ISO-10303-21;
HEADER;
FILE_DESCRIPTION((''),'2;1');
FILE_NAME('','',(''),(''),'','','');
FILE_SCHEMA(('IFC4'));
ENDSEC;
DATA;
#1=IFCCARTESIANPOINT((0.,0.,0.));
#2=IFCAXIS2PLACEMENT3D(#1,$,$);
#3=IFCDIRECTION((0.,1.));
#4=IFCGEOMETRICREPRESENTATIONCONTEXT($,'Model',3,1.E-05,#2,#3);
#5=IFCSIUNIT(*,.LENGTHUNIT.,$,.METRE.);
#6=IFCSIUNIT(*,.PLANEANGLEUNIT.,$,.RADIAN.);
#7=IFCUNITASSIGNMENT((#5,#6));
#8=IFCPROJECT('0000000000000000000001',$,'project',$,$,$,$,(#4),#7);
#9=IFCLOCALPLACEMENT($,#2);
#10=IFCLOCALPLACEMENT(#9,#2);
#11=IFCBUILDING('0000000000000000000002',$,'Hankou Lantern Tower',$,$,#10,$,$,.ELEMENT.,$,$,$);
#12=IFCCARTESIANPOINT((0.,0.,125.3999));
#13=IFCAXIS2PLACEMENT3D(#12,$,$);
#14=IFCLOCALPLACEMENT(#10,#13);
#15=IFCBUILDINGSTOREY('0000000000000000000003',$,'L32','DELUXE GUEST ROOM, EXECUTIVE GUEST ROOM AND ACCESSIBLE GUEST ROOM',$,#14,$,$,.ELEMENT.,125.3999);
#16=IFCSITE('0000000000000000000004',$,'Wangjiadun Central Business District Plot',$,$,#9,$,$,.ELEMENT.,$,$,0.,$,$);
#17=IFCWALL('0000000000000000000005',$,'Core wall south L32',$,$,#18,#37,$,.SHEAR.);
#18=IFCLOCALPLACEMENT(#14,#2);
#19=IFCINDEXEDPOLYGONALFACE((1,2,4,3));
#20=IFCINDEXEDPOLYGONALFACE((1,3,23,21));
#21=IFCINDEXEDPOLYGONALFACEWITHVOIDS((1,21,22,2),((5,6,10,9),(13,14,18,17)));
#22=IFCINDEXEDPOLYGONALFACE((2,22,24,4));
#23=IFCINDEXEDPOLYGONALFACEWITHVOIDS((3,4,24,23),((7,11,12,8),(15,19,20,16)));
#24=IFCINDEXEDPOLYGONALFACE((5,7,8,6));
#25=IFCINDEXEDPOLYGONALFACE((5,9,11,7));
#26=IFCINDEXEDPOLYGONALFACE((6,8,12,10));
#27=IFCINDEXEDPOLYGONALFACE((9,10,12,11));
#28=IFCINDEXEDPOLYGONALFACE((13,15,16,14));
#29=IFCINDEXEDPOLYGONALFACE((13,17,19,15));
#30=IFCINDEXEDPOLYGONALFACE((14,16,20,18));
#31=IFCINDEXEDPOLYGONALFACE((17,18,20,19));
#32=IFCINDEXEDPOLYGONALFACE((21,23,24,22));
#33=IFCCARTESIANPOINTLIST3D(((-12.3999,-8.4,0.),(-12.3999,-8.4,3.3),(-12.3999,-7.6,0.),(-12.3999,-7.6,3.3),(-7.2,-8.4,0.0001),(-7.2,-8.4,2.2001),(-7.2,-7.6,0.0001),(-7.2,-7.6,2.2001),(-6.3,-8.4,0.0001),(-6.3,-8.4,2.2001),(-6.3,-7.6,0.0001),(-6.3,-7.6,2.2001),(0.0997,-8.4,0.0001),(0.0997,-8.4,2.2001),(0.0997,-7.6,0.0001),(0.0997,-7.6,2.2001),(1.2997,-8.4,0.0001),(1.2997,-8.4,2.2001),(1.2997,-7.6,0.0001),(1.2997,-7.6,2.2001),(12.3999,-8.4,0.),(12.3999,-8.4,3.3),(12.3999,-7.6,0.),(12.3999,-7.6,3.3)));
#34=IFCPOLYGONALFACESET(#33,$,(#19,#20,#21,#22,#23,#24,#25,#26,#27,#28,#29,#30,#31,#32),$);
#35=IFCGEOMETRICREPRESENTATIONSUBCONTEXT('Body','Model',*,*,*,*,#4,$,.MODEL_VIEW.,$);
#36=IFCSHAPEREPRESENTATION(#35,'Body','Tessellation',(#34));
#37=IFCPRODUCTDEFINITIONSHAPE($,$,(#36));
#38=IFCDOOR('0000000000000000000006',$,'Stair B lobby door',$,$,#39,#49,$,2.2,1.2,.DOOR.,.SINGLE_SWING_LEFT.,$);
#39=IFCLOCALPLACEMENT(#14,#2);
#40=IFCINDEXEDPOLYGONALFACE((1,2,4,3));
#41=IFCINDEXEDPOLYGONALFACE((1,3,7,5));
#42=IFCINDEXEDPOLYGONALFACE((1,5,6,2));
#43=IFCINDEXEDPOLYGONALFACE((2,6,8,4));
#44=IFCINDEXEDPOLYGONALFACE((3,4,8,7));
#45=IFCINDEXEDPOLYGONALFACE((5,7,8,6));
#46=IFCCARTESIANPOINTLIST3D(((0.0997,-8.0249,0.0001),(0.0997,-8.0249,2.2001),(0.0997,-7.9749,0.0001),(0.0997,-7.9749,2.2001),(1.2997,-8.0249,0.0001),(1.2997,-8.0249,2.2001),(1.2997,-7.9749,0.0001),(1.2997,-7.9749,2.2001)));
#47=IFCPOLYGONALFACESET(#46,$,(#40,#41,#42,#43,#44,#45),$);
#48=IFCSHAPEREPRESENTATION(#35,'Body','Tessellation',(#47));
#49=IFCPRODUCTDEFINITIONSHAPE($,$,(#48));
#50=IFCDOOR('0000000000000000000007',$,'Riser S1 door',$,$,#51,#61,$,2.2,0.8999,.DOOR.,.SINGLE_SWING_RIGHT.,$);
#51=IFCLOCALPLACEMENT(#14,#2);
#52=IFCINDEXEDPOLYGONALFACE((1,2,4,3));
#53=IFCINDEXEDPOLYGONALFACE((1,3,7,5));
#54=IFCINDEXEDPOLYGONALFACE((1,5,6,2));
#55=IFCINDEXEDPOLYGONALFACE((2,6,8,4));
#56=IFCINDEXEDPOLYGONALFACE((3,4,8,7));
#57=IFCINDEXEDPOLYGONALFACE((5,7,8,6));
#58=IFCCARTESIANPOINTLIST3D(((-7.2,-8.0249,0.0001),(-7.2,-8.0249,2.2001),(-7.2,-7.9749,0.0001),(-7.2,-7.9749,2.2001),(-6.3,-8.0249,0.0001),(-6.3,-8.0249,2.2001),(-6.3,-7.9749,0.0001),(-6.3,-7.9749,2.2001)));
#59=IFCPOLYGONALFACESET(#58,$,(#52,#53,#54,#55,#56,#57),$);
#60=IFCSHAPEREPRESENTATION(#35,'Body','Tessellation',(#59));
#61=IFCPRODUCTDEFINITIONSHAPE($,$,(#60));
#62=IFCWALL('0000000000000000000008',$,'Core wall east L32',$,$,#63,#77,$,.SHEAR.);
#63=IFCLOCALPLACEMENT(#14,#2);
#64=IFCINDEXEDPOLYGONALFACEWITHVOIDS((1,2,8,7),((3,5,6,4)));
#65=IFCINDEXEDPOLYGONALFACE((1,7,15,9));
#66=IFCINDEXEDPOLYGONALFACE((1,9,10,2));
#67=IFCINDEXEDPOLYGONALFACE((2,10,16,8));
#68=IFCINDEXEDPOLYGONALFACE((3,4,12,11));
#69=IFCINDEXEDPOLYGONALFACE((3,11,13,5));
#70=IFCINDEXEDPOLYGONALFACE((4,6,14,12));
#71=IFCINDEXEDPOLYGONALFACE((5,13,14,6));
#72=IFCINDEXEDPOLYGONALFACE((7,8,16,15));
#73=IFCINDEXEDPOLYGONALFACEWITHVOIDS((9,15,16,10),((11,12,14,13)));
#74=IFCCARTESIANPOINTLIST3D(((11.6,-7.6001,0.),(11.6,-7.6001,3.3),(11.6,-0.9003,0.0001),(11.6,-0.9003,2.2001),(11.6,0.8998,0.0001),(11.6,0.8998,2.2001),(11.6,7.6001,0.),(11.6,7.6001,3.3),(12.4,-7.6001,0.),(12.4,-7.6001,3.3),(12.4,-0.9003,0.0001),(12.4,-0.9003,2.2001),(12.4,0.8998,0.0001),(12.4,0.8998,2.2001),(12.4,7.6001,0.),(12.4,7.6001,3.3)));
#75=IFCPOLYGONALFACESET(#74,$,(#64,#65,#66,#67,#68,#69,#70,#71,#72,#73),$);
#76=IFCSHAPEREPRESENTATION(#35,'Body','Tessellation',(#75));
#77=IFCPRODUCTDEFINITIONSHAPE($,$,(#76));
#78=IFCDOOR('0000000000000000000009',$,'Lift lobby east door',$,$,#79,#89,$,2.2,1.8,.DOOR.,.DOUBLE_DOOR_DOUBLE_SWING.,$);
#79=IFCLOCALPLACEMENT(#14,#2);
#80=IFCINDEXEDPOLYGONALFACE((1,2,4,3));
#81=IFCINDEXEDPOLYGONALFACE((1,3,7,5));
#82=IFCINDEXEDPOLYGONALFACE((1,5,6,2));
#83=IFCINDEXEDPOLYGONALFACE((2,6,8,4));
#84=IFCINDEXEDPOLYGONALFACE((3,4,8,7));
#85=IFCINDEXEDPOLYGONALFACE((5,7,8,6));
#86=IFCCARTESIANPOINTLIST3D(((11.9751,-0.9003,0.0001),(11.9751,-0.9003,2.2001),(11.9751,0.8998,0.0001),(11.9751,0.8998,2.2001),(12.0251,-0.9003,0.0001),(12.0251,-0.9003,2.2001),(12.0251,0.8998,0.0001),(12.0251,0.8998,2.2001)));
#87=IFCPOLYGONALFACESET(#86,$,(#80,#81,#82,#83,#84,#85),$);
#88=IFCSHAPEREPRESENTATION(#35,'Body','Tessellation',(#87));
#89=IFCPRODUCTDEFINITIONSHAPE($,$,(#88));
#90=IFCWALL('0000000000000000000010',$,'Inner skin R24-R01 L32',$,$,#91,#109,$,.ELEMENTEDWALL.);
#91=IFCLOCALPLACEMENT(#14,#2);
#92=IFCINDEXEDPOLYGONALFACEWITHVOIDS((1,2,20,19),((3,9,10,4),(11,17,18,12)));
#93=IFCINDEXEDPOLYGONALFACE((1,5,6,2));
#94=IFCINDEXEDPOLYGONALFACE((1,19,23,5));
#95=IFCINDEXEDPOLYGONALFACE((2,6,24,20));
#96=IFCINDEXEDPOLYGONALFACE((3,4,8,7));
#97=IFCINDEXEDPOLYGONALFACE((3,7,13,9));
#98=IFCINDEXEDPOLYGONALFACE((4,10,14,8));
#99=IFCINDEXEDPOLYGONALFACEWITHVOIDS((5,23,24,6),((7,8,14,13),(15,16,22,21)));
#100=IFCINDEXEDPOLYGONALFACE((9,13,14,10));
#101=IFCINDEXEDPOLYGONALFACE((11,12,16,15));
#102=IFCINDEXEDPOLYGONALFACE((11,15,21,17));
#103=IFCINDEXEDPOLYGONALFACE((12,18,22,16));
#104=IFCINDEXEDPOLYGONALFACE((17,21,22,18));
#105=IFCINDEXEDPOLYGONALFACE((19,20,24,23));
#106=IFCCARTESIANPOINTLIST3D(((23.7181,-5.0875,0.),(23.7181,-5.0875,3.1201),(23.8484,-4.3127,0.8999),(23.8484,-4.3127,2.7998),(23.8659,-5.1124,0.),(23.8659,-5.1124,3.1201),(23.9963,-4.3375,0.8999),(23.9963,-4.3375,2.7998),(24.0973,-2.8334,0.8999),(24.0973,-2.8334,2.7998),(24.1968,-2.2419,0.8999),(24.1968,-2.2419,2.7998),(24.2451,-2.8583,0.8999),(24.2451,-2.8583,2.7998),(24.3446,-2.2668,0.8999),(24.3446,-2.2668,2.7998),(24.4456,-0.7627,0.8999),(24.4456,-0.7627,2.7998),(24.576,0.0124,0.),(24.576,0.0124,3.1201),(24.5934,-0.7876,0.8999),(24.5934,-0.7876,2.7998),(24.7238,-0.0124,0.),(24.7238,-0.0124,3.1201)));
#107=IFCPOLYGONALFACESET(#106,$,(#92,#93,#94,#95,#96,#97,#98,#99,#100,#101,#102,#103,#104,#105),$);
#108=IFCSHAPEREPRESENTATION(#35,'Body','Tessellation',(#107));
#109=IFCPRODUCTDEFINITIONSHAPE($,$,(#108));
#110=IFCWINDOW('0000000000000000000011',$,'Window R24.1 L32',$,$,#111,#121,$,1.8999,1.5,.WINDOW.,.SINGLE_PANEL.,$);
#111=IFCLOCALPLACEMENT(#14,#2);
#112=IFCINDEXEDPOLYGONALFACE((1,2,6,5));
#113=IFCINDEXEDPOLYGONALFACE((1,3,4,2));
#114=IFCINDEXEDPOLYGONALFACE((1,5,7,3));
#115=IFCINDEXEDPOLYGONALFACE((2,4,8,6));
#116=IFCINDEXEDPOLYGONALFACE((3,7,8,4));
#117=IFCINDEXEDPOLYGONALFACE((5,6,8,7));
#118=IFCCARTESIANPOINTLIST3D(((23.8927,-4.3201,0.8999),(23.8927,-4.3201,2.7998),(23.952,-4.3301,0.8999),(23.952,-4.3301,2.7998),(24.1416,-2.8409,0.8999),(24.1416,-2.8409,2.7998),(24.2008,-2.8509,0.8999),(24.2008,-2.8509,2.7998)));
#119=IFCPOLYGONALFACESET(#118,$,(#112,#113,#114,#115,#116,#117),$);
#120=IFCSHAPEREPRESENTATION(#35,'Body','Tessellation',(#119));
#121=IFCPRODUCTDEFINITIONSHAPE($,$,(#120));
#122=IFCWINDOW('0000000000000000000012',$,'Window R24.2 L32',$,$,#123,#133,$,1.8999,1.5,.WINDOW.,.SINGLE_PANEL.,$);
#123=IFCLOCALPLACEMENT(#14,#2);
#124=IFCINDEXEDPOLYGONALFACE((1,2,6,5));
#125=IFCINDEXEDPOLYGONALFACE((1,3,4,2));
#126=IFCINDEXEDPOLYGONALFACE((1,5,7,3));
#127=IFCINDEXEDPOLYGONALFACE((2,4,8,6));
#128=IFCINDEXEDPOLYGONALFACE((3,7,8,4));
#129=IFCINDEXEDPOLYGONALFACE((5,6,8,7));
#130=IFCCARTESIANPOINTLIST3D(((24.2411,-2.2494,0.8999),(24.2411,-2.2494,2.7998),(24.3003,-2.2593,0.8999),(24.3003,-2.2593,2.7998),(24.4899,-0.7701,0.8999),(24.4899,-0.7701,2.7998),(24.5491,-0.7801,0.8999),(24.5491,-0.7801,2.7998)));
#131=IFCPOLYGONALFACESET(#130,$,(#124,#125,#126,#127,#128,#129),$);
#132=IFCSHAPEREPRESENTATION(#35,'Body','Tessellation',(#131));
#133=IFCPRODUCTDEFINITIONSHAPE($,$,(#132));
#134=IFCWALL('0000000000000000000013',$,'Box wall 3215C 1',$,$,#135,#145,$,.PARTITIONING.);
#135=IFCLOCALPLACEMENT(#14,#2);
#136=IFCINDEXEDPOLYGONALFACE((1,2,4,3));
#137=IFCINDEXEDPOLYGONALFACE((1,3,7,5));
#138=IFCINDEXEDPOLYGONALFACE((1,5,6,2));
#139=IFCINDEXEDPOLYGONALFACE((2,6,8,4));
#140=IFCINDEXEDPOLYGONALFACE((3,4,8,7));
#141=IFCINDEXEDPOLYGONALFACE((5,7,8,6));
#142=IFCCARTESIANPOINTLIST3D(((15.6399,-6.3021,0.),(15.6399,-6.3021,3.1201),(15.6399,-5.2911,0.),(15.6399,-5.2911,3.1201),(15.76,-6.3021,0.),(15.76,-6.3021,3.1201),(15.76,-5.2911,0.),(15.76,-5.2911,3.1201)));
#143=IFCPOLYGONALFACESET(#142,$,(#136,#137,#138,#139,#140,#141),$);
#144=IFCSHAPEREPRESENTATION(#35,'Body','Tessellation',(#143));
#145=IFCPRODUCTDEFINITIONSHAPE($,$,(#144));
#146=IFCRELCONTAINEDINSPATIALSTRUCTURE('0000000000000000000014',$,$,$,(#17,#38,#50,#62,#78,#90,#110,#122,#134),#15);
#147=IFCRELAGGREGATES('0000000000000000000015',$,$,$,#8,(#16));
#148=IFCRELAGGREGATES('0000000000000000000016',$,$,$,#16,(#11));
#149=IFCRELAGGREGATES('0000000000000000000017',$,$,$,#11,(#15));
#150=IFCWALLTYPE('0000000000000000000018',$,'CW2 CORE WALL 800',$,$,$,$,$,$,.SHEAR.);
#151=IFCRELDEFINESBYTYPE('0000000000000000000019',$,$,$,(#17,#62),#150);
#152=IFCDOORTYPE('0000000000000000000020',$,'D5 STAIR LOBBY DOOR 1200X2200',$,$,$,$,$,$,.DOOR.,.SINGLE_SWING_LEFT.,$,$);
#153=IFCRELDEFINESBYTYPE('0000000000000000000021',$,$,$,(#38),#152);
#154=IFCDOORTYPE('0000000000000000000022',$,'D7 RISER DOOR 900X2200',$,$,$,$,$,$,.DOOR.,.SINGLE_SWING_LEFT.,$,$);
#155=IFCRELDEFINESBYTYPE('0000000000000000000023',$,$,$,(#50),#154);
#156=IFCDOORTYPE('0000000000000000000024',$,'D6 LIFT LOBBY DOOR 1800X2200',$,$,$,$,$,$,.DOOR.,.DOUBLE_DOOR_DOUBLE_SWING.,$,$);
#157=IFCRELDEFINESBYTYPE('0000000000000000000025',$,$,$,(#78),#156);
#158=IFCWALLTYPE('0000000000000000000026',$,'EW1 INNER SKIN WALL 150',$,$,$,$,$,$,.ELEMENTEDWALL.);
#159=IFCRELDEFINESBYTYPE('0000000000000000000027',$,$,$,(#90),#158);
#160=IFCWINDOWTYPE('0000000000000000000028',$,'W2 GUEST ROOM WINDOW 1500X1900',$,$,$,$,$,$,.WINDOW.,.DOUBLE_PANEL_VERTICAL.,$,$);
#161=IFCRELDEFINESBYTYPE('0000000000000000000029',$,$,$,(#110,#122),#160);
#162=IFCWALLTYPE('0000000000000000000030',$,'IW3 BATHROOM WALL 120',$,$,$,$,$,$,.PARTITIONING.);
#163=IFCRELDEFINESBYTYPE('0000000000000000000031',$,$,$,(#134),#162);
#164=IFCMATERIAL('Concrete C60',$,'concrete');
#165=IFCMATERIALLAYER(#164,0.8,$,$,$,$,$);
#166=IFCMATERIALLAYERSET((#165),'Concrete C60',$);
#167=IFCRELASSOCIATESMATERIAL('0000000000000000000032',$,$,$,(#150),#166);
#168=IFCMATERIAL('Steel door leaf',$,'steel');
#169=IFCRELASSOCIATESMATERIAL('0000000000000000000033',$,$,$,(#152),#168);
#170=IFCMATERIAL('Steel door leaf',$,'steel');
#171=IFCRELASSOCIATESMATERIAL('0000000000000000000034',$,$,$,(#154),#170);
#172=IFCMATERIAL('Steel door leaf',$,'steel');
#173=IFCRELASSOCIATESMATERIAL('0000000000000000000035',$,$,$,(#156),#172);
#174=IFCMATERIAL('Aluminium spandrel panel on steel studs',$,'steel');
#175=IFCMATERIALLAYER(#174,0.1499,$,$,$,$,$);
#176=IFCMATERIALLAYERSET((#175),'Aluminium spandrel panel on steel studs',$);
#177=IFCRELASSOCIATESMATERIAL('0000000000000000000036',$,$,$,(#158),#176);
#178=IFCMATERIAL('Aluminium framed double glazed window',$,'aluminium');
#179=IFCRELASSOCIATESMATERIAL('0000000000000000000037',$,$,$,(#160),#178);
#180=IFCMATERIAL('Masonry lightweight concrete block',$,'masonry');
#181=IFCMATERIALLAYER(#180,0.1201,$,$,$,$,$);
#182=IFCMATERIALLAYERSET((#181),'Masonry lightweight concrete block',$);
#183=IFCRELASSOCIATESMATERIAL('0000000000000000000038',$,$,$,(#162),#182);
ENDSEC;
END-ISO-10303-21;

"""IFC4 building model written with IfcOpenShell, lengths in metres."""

from ifc_helpers import new_model, si_unit, direction, frame, frame_2d, origin, place, context, subcontext, project, spatial, rectangle, extrude, material, layer, layer_set, type_object, element, fill, save


model = new_model("IFC4")

# Units and contexts
model_context = context("Model", 3, precision=1e-05, world=origin(), true_north=direction((0.0, 1.0)))
body_context = subcontext(model_context, "Body", "Model", "MODEL_VIEW")
ifc_project = project(units=[si_unit("LENGTHUNIT", "METRE"), si_unit("PLANEANGLEUNIT", "RADIAN")], contexts=[model_context])

# Site, building, storey
site_placement = place(None, origin())
site = spatial("IfcSite", under=ifc_project, at=site_placement, Name="Wangjiadun Central Business District Plot", CompositionType="ELEMENT", RefElevation=0.0)
building_placement = place(site_placement, origin())
building = spatial("IfcBuilding", under=site, at=building_placement, Name="Hankou Lantern Tower", CompositionType="ELEMENT")
storey_placement = place(building_placement, frame((0.0, 0.0, 125.3999)))
storey = spatial("IfcBuildingStorey", under=building, at=storey_placement, Name="L32", Description="DELUXE GUEST ROOM, EXECUTIVE GUEST ROOM AND ACCESSIBLE GUEST ROOM", CompositionType="ELEMENT", Elevation=125.3999)

# Wall, openings, doors
ifc_material_1 = material(Name="Concrete C60", Category="concrete")
ifc_layer_1 = layer(ifc_material_1, 0.8)
ifc_layer_set_1 = layer_set([ifc_layer_1], Name="Concrete C60")
wall_type_1 = type_object("IfcWallType", Name="CW2 CORE WALL 800", PredefinedType="SHEAR", material=ifc_layer_set_1)
wall_1_placement = place(storey_placement, frame((12.3999, -8.0, 0.0), z_axis=(0.0, 0.0, 1.0), x_axis=(-1.0, 0.0, 0.0)))
wall_1 = element("IfcWall", 1, at=wall_1_placement, inside=storey, type_object=wall_type_1, Name="Core wall south L32", PredefinedType="SHEAR", context=body_context, shape_type="SweptSolid", body=[
    extrude(rectangle(XDim=24.7998, YDim=0.8, at=frame_2d((12.3999, 0.0))), origin(), (0.0, 0.0, 1.0), 3.3),
])
opening_1_placement = place(wall_1_placement, frame((11.1001, 0.0, 0.0)))
opening_1 = element("IfcOpeningElement", 2, at=opening_1_placement, cuts=wall_1, PredefinedType="OPENING", context=body_context, shape_type="SweptSolid", body=[
    extrude(rectangle(XDim=1.2, YDim=2.2, at=frame_2d((0.6001, 1.1001))), frame((0.0, 0.4099, 0.0), z_axis=(0.0, -1.0, 0.0), x_axis=(1.0, 0.0, 0.0)), (0.0, 0.0, 1.0), 0.8201),
])
opening_2_placement = place(wall_1_placement, frame((18.7, 0.0, 0.0)))
opening_2 = element("IfcOpeningElement", 3, at=opening_2_placement, cuts=wall_1, PredefinedType="OPENING", context=body_context, shape_type="SweptSolid", body=[
    extrude(rectangle(XDim=0.8999, YDim=2.2, at=frame_2d((0.45, 1.1001))), frame((0.0, 0.4099, 0.0), z_axis=(0.0, -1.0, 0.0), x_axis=(1.0, 0.0, 0.0)), (0.0, 0.0, 1.0), 0.8201),
])
ifc_material_2 = material(Name="Steel door leaf", Category="steel")
door_type_1 = type_object("IfcDoorType", Name="D5 STAIR LOBBY DOOR 1200X2200", OperationType="SINGLE_SWING_LEFT", PredefinedType="DOOR", material=ifc_material_2)
door_1_placement = place(opening_1_placement, origin())
door_1 = element("IfcDoor", 4, at=door_1_placement, inside=storey, type_object=door_type_1, Name="Stair B lobby door", OperationType="SINGLE_SWING_LEFT", OverallHeight=2.2, OverallWidth=1.2, PredefinedType="DOOR", context=body_context, shape_type="SweptSolid", body=[
    extrude(rectangle(XDim=1.2, YDim=2.2, at=frame_2d((0.6001, 1.1001))), frame((0.0, 0.0249, 0.0), z_axis=(0.0, -1.0, 0.0), x_axis=(1.0, 0.0, 0.0)), (0.0, 0.0, 1.0), 0.05),
])
fill(opening_1, door_1)
ifc_material_3 = material(Name="Steel door leaf", Category="steel")
door_type_2 = type_object("IfcDoorType", Name="D7 RISER DOOR 900X2200", OperationType="SINGLE_SWING_LEFT", PredefinedType="DOOR", material=ifc_material_3)
door_2_placement = place(opening_2_placement, origin())
door_2 = element("IfcDoor", 5, at=door_2_placement, inside=storey, type_object=door_type_2, Name="Riser S1 door", OperationType="SINGLE_SWING_RIGHT", OverallHeight=2.2, OverallWidth=0.8999, PredefinedType="DOOR", context=body_context, shape_type="SweptSolid", body=[
    extrude(rectangle(XDim=0.8999, YDim=2.2, at=frame_2d((0.45, 1.1001))), frame((0.0, 0.0249, 0.0), z_axis=(0.0, -1.0, 0.0), x_axis=(1.0, 0.0, 0.0)), (0.0, 0.0, 1.0), 0.05),
])
fill(opening_2, door_2)

# Wall, opening, door
wall_2_placement = place(storey_placement, frame((12.0, -7.6001, 0.0), z_axis=(0.0, 0.0, 1.0), x_axis=(0.0, 1.0, 0.0)))
wall_2 = element("IfcWall", 6, at=wall_2_placement, inside=storey, type_object=wall_type_1, Name="Core wall east L32", PredefinedType="SHEAR", context=body_context, shape_type="SweptSolid", body=[
    extrude(rectangle(XDim=15.2002, YDim=0.8, at=frame_2d((7.6001, 0.0))), origin(), (0.0, 0.0, 1.0), 3.3),
])
opening_3_placement = place(wall_2_placement, frame((6.7, 0.0, 0.0)))
opening_3 = element("IfcOpeningElement", 7, at=opening_3_placement, cuts=wall_2, PredefinedType="OPENING", context=body_context, shape_type="SweptSolid", body=[
    extrude(rectangle(XDim=1.8, YDim=2.2, at=frame_2d((0.8999, 1.1001))), frame((0.0, 0.4099, 0.0), z_axis=(0.0, -1.0, 0.0), x_axis=(1.0, 0.0, 0.0)), (0.0, 0.0, 1.0), 0.8201),
])
ifc_material_4 = material(Name="Steel door leaf", Category="steel")
door_type_3 = type_object("IfcDoorType", Name="D6 LIFT LOBBY DOOR 1800X2200", OperationType="DOUBLE_DOOR_DOUBLE_SWING", PredefinedType="DOOR", material=ifc_material_4)
door_3_placement = place(opening_3_placement, origin())
door_3 = element("IfcDoor", 8, at=door_3_placement, inside=storey, type_object=door_type_3, Name="Lift lobby east door", OperationType="DOUBLE_DOOR_DOUBLE_SWING", OverallHeight=2.2, OverallWidth=1.8, PredefinedType="DOOR", context=body_context, shape_type="SweptSolid", body=[
    extrude(rectangle(XDim=1.8, YDim=2.2, at=frame_2d((0.8999, 1.1001))), frame((0.0, 0.0249, 0.0), z_axis=(0.0, -1.0, 0.0), x_axis=(1.0, 0.0, 0.0)), (0.0, 0.0, 1.0), 0.05),
])
fill(opening_3, door_3)

# Wall, openings, windows
ifc_material_5 = material(Name="Aluminium spandrel panel on steel studs", Category="steel")
ifc_layer_2 = layer(ifc_material_5, 0.1499)
ifc_layer_set_2 = layer_set([ifc_layer_2], Name="Aluminium spandrel panel on steel studs")
wall_type_2 = type_object("IfcWallType", Name="EW1 INNER SKIN WALL 150", PredefinedType="ELEMENTEDWALL", material=ifc_layer_set_2)
wall_3_placement = place(storey_placement, frame((23.792, -5.1001, 0.0), z_axis=(0.0, 0.0, 1.0), x_axis=(0.165884, 0.986145, 0.0)))
wall_3 = element("IfcWall", 9, at=wall_3_placement, inside=storey, type_object=wall_type_2, Name="Inner skin R24-R01 L32", PredefinedType="ELEMENTEDWALL", context=body_context, shape_type="SweptSolid", body=[
    extrude(rectangle(XDim=5.1716, YDim=0.1499, at=frame_2d((2.5859, 0.0))), origin(), (0.0, 0.0, 1.0), 3.1201),
])
opening_4_placement = place(wall_3_placement, frame((0.7859, 0.0, 0.8999)))
opening_4 = element("IfcOpeningElement", 10, at=opening_4_placement, cuts=wall_3, PredefinedType="OPENING", context=body_context, shape_type="SweptSolid", body=[
    extrude(rectangle(XDim=1.5, YDim=1.8999, at=frame_2d((0.75, 0.95))), frame((0.0, 0.085, 0.0), z_axis=(0.0, -1.0, 0.0), x_axis=(1.0, 0.0, 0.0)), (0.0, 0.0, 1.0), 0.1699),
])
opening_5_placement = place(wall_3_placement, frame((2.8857, 0.0, 0.8999)))
opening_5 = element("IfcOpeningElement", 11, at=opening_5_placement, cuts=wall_3, PredefinedType="OPENING", context=body_context, shape_type="SweptSolid", body=[
    extrude(rectangle(XDim=1.5, YDim=1.8999, at=frame_2d((0.75, 0.95))), frame((0.0, 0.085, 0.0), z_axis=(0.0, -1.0, 0.0), x_axis=(1.0, 0.0, 0.0)), (0.0, 0.0, 1.0), 0.1699),
])
ifc_material_6 = material(Name="Aluminium framed double glazed window", Category="aluminium")
window_type = type_object("IfcWindowType", Name="W2 GUEST ROOM WINDOW 1500X1900", PartitioningType="DOUBLE_PANEL_VERTICAL", PredefinedType="WINDOW", material=ifc_material_6)
window_1_placement = place(opening_4_placement, origin())
window_1 = element("IfcWindow", 12, at=window_1_placement, inside=storey, type_object=window_type, Name="Window R24.1 L32", OverallHeight=1.8999, OverallWidth=1.5, PartitioningType="SINGLE_PANEL", PredefinedType="WINDOW", context=body_context, shape_type="SweptSolid", body=[
    extrude(rectangle(XDim=1.5, YDim=1.8999, at=frame_2d((0.75, 0.95))), frame((0.0, 0.03, 0.0), z_axis=(0.0, -1.0, 0.0), x_axis=(1.0, 0.0, 0.0)), (0.0, 0.0, 1.0), 0.0601),
])
fill(opening_4, window_1)
window_2_placement = place(opening_5_placement, origin())
window_2 = element("IfcWindow", 13, at=window_2_placement, inside=storey, type_object=window_type, Name="Window R24.2 L32", OverallHeight=1.8999, OverallWidth=1.5, PartitioningType="SINGLE_PANEL", PredefinedType="WINDOW", context=body_context, shape_type="SweptSolid", body=[
    extrude(rectangle(XDim=1.5, YDim=1.8999, at=frame_2d((0.75, 0.95))), frame((0.0, 0.03, 0.0), z_axis=(0.0, -1.0, 0.0), x_axis=(1.0, 0.0, 0.0)), (0.0, 0.0, 1.0), 0.0601),
])
fill(opening_5, window_2)

# Wall
ifc_material_7 = material(Name="Masonry lightweight concrete block", Category="masonry")
ifc_layer_3 = layer(ifc_material_7, 0.1201)
ifc_layer_set_3 = layer_set([ifc_layer_3], Name="Masonry lightweight concrete block")
wall_type_3 = type_object("IfcWallType", Name="IW3 BATHROOM WALL 120", PredefinedType="PARTITIONING", material=ifc_layer_set_3)
wall_4_placement = place(storey_placement, frame((15.7, -5.2913, 0.0), z_axis=(0.0, 0.0, 1.0), x_axis=(0.0, -1.0, 0.0)))
element("IfcWall", 14, at=wall_4_placement, inside=storey, type_object=wall_type_3, Name="Box wall 3215C 1", PredefinedType="PARTITIONING", context=body_context, shape_type="SweptSolid", body=[
    extrude(rectangle(XDim=1.011, YDim=0.1201, at=frame_2d((0.5054, 0.0))), origin(), (0.0, 0.0, 1.0), 3.1201),
])

save(model, "model.ifc")
